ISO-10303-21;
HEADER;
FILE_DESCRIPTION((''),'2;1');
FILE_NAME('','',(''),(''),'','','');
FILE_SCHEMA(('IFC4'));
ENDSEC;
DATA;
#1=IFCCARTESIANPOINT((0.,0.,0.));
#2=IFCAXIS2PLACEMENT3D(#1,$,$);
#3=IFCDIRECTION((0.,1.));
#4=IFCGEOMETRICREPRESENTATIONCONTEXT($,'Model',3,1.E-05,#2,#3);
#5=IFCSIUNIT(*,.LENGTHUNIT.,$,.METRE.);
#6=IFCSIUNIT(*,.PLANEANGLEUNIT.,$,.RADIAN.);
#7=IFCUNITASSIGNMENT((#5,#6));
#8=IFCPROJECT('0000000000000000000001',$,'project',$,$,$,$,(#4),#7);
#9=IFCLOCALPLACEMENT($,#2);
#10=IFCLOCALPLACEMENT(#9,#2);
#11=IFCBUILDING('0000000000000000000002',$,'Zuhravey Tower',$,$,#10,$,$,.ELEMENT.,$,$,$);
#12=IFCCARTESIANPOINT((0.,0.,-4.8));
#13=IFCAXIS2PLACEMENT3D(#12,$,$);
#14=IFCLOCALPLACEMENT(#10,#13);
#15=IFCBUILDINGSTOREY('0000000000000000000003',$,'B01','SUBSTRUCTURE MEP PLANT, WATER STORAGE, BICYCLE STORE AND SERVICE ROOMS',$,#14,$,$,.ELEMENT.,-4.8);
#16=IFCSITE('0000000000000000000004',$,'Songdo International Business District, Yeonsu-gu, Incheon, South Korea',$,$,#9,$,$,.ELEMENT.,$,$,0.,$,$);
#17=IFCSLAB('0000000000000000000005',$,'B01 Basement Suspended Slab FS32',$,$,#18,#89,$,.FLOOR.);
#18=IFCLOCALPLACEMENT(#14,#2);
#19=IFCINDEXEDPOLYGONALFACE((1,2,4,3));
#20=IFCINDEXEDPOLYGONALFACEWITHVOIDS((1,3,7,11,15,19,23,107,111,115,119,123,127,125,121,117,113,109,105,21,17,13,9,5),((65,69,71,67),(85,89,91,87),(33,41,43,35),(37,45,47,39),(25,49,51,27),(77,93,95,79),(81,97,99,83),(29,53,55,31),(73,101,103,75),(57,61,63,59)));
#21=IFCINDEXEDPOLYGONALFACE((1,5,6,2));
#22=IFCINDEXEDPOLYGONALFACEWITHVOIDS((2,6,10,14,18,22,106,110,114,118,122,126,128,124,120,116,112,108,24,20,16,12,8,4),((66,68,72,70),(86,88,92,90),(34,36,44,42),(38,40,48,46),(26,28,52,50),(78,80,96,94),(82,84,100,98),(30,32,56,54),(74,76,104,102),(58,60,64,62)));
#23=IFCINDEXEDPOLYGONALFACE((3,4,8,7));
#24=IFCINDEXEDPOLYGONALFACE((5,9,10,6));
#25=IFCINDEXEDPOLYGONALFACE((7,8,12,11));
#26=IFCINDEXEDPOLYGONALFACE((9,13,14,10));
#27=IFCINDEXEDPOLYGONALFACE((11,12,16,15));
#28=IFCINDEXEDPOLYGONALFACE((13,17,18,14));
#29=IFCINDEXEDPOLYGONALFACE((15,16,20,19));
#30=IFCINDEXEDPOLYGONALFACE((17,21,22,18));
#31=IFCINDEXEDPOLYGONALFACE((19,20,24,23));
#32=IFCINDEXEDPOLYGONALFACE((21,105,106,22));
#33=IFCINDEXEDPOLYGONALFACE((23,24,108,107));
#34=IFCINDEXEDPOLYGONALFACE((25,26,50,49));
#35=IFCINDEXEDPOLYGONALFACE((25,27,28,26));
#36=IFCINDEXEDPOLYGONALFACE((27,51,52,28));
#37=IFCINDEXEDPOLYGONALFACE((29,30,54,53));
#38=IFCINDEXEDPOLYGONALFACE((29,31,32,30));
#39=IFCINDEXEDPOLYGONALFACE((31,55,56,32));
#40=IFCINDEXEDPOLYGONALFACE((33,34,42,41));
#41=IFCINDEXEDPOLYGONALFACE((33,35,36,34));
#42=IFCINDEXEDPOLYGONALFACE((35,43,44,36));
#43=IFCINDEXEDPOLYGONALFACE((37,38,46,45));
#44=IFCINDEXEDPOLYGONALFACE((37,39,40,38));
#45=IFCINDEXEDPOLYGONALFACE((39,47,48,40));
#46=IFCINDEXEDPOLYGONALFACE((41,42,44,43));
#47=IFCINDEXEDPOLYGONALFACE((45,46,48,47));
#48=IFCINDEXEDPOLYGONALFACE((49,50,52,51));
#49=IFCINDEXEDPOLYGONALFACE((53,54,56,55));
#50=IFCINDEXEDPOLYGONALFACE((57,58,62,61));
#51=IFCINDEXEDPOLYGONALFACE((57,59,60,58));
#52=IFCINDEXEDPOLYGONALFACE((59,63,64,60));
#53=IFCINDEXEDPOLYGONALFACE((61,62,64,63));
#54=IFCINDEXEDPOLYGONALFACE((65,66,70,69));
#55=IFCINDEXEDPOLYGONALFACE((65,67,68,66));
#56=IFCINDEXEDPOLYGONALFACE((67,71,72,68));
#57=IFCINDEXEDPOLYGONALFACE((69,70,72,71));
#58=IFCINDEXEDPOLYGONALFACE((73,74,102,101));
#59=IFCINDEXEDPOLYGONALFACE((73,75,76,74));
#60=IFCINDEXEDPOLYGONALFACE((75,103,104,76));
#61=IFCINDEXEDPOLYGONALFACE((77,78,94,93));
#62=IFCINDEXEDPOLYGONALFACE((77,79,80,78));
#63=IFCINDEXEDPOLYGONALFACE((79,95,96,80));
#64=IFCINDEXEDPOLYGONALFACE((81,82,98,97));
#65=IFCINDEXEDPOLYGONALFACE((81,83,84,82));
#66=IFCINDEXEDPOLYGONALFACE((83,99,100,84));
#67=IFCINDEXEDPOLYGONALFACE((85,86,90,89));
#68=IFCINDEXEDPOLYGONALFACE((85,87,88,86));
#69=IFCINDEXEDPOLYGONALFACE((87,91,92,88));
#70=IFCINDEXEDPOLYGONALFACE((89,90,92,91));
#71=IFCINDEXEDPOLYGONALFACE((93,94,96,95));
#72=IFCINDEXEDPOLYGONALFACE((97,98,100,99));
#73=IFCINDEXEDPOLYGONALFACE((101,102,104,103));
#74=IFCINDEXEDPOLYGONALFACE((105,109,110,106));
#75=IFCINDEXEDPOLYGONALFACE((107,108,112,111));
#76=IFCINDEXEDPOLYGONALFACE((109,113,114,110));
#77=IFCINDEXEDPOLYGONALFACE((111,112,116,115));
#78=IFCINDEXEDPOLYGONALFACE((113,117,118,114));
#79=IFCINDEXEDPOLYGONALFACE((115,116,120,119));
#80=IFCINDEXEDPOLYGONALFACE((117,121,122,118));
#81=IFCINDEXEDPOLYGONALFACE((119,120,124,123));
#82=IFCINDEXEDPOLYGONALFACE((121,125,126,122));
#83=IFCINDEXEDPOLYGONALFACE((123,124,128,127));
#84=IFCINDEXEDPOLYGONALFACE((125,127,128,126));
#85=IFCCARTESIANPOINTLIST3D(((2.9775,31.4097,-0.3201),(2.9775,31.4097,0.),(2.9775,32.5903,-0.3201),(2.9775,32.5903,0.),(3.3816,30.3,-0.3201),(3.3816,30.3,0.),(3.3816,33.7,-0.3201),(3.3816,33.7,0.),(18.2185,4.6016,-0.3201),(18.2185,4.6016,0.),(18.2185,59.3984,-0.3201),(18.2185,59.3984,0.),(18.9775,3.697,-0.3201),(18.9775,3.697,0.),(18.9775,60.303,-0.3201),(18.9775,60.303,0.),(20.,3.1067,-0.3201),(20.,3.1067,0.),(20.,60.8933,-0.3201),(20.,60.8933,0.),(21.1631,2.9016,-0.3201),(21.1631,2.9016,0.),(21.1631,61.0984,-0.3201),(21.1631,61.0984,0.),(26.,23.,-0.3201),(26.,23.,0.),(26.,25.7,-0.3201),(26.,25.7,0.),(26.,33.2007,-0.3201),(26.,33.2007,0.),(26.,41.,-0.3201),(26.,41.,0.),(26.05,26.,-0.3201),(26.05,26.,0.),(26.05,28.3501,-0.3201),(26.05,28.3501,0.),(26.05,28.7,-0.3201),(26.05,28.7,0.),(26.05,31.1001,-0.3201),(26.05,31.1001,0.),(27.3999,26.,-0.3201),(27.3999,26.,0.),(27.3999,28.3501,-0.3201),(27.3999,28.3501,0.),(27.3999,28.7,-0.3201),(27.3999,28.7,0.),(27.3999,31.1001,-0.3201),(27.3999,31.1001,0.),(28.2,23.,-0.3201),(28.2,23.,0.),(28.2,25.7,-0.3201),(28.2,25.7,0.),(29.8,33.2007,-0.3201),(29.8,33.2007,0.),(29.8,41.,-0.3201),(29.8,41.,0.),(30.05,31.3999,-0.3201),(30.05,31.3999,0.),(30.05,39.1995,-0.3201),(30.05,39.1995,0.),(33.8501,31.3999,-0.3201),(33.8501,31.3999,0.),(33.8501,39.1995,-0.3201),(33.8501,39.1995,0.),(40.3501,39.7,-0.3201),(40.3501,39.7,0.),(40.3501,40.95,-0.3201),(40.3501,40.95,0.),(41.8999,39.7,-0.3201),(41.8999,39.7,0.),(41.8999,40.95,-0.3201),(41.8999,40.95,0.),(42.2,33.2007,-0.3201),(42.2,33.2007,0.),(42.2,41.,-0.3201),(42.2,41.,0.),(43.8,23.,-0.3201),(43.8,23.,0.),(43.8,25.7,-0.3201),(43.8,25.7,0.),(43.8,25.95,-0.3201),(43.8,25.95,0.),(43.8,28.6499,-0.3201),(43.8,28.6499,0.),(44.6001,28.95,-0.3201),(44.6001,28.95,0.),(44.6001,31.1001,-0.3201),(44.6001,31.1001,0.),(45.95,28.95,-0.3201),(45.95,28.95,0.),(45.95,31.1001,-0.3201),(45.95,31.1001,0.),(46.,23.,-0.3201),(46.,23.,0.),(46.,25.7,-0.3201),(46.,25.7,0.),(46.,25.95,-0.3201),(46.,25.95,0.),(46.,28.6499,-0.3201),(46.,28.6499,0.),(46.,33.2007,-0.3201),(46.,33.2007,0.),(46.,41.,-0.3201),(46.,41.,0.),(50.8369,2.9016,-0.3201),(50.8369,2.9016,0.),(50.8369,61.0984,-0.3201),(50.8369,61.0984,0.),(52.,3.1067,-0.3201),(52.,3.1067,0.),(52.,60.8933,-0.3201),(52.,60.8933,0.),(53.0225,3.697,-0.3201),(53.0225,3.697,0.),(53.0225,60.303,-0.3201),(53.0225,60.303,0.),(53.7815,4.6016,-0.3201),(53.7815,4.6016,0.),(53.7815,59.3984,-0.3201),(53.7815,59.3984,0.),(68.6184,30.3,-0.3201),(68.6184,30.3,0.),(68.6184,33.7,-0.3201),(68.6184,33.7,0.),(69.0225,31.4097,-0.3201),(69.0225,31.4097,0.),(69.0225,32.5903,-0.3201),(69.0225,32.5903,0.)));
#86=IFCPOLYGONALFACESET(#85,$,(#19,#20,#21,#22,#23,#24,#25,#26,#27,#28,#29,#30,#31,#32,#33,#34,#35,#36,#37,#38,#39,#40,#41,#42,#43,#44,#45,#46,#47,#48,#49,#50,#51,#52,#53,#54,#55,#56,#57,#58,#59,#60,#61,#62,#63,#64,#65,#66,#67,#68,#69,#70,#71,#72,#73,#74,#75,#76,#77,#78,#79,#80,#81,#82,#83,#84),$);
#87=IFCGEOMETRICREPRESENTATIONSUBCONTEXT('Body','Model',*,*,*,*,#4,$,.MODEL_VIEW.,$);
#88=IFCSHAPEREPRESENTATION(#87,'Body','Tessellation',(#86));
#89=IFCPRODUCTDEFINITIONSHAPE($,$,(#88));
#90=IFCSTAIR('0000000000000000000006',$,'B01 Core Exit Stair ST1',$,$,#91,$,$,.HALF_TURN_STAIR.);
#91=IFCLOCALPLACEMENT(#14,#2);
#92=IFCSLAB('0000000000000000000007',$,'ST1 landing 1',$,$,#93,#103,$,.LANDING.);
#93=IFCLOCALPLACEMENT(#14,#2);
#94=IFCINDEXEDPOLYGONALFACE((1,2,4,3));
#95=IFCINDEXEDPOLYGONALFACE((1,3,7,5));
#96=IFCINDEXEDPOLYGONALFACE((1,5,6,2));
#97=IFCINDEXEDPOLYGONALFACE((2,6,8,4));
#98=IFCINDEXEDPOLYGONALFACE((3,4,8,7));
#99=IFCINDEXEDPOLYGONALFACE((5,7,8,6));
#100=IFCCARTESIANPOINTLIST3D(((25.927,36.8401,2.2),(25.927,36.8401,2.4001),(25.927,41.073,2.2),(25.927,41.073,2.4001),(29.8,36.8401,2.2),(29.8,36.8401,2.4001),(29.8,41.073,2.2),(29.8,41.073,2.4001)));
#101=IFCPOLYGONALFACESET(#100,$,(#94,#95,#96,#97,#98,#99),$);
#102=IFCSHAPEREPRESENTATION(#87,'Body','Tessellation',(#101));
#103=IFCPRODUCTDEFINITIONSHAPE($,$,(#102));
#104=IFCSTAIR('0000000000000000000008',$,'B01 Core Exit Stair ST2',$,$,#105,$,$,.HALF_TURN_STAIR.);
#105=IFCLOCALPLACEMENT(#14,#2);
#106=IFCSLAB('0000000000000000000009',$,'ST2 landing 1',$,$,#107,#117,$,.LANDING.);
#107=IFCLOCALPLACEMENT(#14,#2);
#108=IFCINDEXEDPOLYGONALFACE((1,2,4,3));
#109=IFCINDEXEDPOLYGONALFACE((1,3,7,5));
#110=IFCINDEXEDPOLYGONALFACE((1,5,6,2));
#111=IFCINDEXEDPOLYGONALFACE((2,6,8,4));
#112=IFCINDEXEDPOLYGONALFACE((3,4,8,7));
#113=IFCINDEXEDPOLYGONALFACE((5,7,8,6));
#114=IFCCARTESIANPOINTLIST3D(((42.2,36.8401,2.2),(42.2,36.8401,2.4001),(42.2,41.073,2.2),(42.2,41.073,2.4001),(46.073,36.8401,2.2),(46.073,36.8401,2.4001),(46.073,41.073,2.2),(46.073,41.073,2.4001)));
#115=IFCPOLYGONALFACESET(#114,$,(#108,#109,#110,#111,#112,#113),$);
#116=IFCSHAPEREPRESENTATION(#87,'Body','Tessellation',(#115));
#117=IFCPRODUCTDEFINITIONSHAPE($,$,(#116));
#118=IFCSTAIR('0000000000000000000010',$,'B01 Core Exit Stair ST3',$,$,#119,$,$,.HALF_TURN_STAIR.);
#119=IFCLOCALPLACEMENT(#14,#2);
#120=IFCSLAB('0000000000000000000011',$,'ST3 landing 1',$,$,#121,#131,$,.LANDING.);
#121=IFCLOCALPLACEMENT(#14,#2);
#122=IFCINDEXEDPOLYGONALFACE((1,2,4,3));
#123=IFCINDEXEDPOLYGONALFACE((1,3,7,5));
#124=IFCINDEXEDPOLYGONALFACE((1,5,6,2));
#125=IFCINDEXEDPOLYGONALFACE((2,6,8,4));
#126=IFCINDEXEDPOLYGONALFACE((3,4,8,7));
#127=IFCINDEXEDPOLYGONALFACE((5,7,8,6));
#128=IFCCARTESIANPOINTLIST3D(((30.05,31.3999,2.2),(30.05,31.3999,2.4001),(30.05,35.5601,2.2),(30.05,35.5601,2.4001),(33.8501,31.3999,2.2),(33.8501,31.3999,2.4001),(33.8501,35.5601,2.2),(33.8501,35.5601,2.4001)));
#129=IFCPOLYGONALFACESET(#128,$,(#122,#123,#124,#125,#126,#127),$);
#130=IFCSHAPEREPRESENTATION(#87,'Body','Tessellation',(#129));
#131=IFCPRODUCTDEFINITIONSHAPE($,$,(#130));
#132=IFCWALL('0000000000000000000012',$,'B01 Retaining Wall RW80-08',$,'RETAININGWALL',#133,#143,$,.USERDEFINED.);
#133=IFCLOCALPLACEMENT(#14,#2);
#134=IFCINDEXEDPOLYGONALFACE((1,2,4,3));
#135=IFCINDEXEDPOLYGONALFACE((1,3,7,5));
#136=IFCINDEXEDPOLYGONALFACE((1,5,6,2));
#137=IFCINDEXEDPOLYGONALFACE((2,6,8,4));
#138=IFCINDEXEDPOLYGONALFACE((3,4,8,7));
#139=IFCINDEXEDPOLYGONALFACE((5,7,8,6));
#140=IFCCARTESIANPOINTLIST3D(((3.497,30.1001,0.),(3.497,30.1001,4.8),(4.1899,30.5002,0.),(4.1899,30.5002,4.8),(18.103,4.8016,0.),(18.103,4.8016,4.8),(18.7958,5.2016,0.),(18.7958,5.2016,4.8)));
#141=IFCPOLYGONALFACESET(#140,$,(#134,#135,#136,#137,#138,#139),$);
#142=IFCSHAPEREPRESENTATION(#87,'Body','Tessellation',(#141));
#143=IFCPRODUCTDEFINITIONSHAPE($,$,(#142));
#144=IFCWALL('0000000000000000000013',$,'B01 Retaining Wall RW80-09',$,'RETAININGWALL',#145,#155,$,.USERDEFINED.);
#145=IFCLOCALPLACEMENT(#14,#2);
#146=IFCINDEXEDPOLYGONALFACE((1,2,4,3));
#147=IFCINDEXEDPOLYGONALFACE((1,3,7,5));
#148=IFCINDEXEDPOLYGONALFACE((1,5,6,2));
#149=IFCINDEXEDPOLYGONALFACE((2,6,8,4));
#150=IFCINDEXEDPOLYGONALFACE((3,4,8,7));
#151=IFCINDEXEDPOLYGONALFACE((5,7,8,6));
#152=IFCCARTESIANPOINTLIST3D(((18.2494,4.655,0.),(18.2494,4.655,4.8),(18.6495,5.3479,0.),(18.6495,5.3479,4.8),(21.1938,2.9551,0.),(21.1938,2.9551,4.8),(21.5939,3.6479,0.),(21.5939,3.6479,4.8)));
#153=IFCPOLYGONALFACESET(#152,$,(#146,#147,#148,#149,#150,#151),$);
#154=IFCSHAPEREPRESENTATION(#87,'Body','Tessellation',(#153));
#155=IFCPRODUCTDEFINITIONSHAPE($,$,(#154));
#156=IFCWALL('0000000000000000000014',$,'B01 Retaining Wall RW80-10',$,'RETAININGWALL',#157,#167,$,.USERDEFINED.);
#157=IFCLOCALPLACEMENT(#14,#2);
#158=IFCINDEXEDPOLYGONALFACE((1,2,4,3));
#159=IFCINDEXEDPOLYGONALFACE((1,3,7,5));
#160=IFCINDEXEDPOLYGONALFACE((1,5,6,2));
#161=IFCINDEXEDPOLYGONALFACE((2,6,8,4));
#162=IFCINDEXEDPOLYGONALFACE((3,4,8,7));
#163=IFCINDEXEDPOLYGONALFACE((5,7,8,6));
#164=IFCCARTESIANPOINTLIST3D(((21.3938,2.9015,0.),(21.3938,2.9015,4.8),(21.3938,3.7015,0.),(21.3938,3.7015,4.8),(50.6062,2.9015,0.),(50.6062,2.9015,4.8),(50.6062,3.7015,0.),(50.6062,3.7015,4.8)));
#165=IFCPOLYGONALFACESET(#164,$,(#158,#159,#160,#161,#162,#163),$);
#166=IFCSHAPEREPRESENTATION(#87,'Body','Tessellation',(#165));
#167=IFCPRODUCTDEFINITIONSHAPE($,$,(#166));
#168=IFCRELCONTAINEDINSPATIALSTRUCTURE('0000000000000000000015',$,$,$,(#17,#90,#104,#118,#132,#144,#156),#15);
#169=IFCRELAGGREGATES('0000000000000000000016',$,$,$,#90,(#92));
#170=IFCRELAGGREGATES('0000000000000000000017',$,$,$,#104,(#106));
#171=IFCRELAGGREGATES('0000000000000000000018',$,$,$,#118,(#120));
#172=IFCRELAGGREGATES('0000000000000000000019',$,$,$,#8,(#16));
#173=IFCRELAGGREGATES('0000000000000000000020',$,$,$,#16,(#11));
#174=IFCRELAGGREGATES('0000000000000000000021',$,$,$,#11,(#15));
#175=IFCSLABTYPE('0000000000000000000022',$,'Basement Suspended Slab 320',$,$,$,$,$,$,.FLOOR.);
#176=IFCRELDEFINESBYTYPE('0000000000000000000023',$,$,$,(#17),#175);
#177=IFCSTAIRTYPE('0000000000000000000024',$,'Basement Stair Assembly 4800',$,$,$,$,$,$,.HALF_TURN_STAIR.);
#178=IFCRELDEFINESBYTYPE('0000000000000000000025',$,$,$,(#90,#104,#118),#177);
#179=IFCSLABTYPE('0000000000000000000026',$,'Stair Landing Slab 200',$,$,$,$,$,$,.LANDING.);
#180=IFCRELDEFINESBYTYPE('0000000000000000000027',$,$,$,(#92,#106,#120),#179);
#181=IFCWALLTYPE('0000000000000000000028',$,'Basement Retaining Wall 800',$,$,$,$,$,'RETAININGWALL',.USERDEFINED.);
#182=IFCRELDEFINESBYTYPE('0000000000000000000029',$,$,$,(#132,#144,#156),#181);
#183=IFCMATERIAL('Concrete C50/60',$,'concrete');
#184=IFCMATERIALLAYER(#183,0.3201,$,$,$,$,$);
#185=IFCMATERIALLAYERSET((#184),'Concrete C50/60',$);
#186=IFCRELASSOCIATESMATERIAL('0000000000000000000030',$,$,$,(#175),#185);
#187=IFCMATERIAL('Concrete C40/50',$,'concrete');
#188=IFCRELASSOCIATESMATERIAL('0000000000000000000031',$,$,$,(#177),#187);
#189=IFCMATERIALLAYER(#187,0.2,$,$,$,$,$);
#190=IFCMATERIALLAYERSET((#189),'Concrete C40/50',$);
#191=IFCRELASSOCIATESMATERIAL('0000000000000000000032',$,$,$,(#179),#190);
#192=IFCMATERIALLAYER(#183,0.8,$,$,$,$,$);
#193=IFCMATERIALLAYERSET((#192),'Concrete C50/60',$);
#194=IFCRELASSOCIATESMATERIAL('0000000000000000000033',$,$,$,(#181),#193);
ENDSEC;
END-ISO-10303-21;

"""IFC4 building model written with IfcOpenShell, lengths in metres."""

from ifc_helpers import new_model, si_unit, direction, frame, frame_2d, origin, place, context, subcontext, project, spatial, polyline, rectangle, outline, extrude, material, layer, layer_set, type_object, element, aggregate, save


model = new_model("IFC4")

# Units and contexts
model_context = context("Model", 3, precision=1e-05, world=origin(), true_north=direction((0.0, 1.0)))
body_context = subcontext(model_context, "Body", "Model", "MODEL_VIEW")
ifc_project = project(units=[si_unit("LENGTHUNIT", "METRE"), si_unit("PLANEANGLEUNIT", "RADIAN")], contexts=[model_context])

# Site, building, storey
site_placement = place(None, origin())
site = spatial("IfcSite", under=ifc_project, at=site_placement, Name="Songdo International Business District, Yeonsu-gu, Incheon, South Korea", CompositionType="ELEMENT", RefElevation=0.0)
building_placement = place(site_placement, origin())
building = spatial("IfcBuilding", under=site, at=building_placement, Name="Zuhravey Tower", CompositionType="ELEMENT")
storey_placement = place(building_placement, frame((0.0, 0.0, -4.8)))
storey = spatial("IfcBuildingStorey", under=building, at=storey_placement, Name="B01", Description="SUBSTRUCTURE MEP PLANT, WATER STORAGE, BICYCLE STORE AND SERVICE ROOMS", CompositionType="ELEMENT", Elevation=-4.8)

# Shared definitions
ifc_material_1 = material(Name="Concrete C40/50", Category="concrete")

# Slab
ifc_material_2 = material(Name="Concrete C50/60", Category="concrete")
ifc_layer_1 = layer(ifc_material_2, 0.3201)
ifc_layer_set_1 = layer_set([ifc_layer_1], Name="Concrete C50/60")
slab_type_1 = type_object("IfcSlabType", Name="Basement Suspended Slab 320", PredefinedType="FLOOR", material=ifc_layer_set_1)
slab_1_placement = place(storey_placement, frame((0.0, 0.0, -0.3201)))
element("IfcSlab", 1, at=slab_1_placement, inside=storey, type_object=slab_type_1, Name="B01 Basement Suspended Slab FS32", PredefinedType="FLOOR", context=body_context, shape_type="SweptSolid", body=[
    extrude(outline(polyline([(68.6184, 30.3), (69.0225, 31.4097), (69.0225, 32.5903), (68.6184, 33.7), (53.7815, 59.3984), (53.0225, 60.303), (52.0, 60.8933), (50.8369, 61.0984), (21.1631, 61.0984), (20.0, 60.8933), (18.9775, 60.303), (18.2185, 59.3984), (3.3816, 33.7), (2.9775, 32.5903), (2.9775, 31.4097), (3.3816, 30.3), (18.2185, 4.6016), (18.9775, 3.697), (20.0, 3.1067), (21.1631, 2.9016), (50.8369, 2.9016), (52.0, 3.1067), (53.0225, 3.697), (53.7815, 4.6016), (68.6184, 30.3)]), holes=[polyline([(29.8, 33.2007), (29.8, 41.0), (26.0, 41.0), (26.0, 33.2007), (29.8, 33.2007)]), polyline([(46.0, 33.2007), (46.0, 41.0), (42.2, 41.0), (42.2, 33.2007), (46.0, 33.2007)]), polyline([(30.05, 39.1995), (30.05, 31.3999), (33.8501, 31.3999), (33.8501, 39.1995), (30.05, 39.1995)]), polyline([(26.0, 23.0), (28.2, 23.0), (28.2, 25.7), (26.0, 25.7), (26.0, 23.0)]), polyline([(43.8, 23.0), (46.0, 23.0), (46.0, 25.7), (43.8, 25.7), (43.8, 23.0)]), polyline([(43.8, 25.95), (46.0, 25.95), (46.0, 28.6499), (43.8, 28.6499), (43.8, 25.95)]), polyline([(26.05, 26.0), (27.3999, 26.0), (27.3999, 28.3501), (26.05, 28.3501), (26.05, 26.0)]), polyline([(26.05, 28.7), (27.3999, 28.7), (27.3999, 31.1001), (26.05, 31.1001), (26.05, 28.7)]), polyline([(44.6001, 28.95), (45.95, 28.95), (45.95, 31.1001), (44.6001, 31.1001), (44.6001, 28.95)]), polyline([(40.3501, 39.7), (41.8999, 39.7), (41.8999, 40.95), (40.3501, 40.95), (40.3501, 39.7)])]), origin(), (0.0, 0.0, 1.0), 0.3201),
])

# Stairs, slabs
stair_type = type_object("IfcStairType", Name="Basement Stair Assembly 4800", PredefinedType="HALF_TURN_STAIR", material=ifc_material_1)
stair_1_placement = place(storey_placement, origin())
stair_1 = element("IfcStair", 2, at=stair_1_placement, inside=storey, type_object=stair_type, Name="B01 Core Exit Stair ST1", PredefinedType="HALF_TURN_STAIR")
ifc_layer_2 = layer(ifc_material_1, 0.2)
ifc_layer_set_2 = layer_set([ifc_layer_2], Name="Concrete C40/50")
slab_type_2 = type_object("IfcSlabType", Name="Stair Landing Slab 200", PredefinedType="LANDING", material=ifc_layer_set_2)
slab_2_placement = place(storey_placement, frame((0.0, 0.0, 2.2)))
slab_2 = element("IfcSlab", 3, at=slab_2_placement, type_object=slab_type_2, Name="ST1 landing 1", PredefinedType="LANDING", context=body_context, shape_type="SweptSolid", body=[
    extrude(outline(polyline([(29.8, 36.8401), (29.8, 41.073), (25.927, 41.073), (25.927, 36.8401), (29.8, 36.8401)])), origin(), (0.0, 0.0, 1.0), 0.2002),
])
aggregate(stair_1, [slab_2])
stair_2_placement = place(storey_placement, origin())
stair_2 = element("IfcStair", 4, at=stair_2_placement, inside=storey, type_object=stair_type, Name="B01 Core Exit Stair ST2", PredefinedType="HALF_TURN_STAIR")
slab_3_placement = place(storey_placement, frame((0.0, 0.0, 2.2)))
slab_3 = element("IfcSlab", 5, at=slab_3_placement, type_object=slab_type_2, Name="ST2 landing 1", PredefinedType="LANDING", context=body_context, shape_type="SweptSolid", body=[
    extrude(outline(polyline([(46.073, 36.8401), (46.073, 41.073), (42.2, 41.073), (42.2, 36.8401), (46.073, 36.8401)])), origin(), (0.0, 0.0, 1.0), 0.2002),
])
aggregate(stair_2, [slab_3])
stair_3_placement = place(storey_placement, origin())
stair_3 = element("IfcStair", 6, at=stair_3_placement, inside=storey, type_object=stair_type, Name="B01 Core Exit Stair ST3", PredefinedType="HALF_TURN_STAIR")
slab_4_placement = place(storey_placement, frame((0.0, 0.0, 2.2)))
slab_4 = element("IfcSlab", 7, at=slab_4_placement, type_object=slab_type_2, Name="ST3 landing 1", PredefinedType="LANDING", context=body_context, shape_type="SweptSolid", body=[
    extrude(outline(polyline([(30.05, 35.5601), (30.05, 31.3999), (33.8501, 31.3999), (33.8501, 35.5601), (30.05, 35.5601)])), origin(), (0.0, 0.0, 1.0), 0.2002),
])
aggregate(stair_3, [slab_4])

# Walls
ifc_layer_3 = layer(ifc_material_2, 0.8)
ifc_layer_set_3 = layer_set([ifc_layer_3], Name="Concrete C50/60")
wall_type = type_object("IfcWallType", Name="Basement Retaining Wall 800", ElementType="RETAININGWALL", PredefinedType="USERDEFINED", material=ifc_layer_set_3)
wall_1_placement = place(storey_placement, frame((3.8435, 30.3, 0.0), z_axis=(0.0, 0.0, 1.0), x_axis=(0.499995, -0.866028, 0.0)))
element("IfcWall", 8, at=wall_1_placement, inside=storey, type_object=wall_type, Name="B01 Retaining Wall RW80-08", ObjectType="RETAININGWALL", PredefinedType="USERDEFINED", context=body_context, shape_type="SweptSolid", body=[
    extrude(rectangle(XDim=29.2122, YDim=0.8, at=frame_2d((14.606, 0.0))), origin(), (0.0, 0.0, 1.0), 4.8),
])
wall_2_placement = place(storey_placement, frame((18.4495, 5.0015, 0.0), z_axis=(0.0, 0.0, 1.0), x_axis=(0.866021, -0.500008, 0.0)))
element("IfcWall", 9, at=wall_2_placement, inside=storey, type_object=wall_type, Name="B01 Retaining Wall RW80-09", ObjectType="RETAININGWALL", PredefinedType="USERDEFINED", context=body_context, shape_type="SweptSolid", body=[
    extrude(rectangle(XDim=3.3999, YDim=0.8, at=frame_2d((1.7, 0.0))), origin(), (0.0, 0.0, 1.0), 4.8),
])
wall_3_placement = place(storey_placement, frame((21.3938, 3.3015, 0.0), z_axis=(0.0, 0.0, 1.0), x_axis=(1.0, 0.0, 0.0)))
element("IfcWall", 10, at=wall_3_placement, inside=storey, type_object=wall_type, Name="B01 Retaining Wall RW80-10", ObjectType="RETAININGWALL", PredefinedType="USERDEFINED", context=body_context, shape_type="SweptSolid", body=[
    extrude(rectangle(XDim=29.2124, YDim=0.8, at=frame_2d((14.6062, 0.0))), origin(), (0.0, 0.0, 1.0), 4.8),
])

save(model, "model.ifc")
